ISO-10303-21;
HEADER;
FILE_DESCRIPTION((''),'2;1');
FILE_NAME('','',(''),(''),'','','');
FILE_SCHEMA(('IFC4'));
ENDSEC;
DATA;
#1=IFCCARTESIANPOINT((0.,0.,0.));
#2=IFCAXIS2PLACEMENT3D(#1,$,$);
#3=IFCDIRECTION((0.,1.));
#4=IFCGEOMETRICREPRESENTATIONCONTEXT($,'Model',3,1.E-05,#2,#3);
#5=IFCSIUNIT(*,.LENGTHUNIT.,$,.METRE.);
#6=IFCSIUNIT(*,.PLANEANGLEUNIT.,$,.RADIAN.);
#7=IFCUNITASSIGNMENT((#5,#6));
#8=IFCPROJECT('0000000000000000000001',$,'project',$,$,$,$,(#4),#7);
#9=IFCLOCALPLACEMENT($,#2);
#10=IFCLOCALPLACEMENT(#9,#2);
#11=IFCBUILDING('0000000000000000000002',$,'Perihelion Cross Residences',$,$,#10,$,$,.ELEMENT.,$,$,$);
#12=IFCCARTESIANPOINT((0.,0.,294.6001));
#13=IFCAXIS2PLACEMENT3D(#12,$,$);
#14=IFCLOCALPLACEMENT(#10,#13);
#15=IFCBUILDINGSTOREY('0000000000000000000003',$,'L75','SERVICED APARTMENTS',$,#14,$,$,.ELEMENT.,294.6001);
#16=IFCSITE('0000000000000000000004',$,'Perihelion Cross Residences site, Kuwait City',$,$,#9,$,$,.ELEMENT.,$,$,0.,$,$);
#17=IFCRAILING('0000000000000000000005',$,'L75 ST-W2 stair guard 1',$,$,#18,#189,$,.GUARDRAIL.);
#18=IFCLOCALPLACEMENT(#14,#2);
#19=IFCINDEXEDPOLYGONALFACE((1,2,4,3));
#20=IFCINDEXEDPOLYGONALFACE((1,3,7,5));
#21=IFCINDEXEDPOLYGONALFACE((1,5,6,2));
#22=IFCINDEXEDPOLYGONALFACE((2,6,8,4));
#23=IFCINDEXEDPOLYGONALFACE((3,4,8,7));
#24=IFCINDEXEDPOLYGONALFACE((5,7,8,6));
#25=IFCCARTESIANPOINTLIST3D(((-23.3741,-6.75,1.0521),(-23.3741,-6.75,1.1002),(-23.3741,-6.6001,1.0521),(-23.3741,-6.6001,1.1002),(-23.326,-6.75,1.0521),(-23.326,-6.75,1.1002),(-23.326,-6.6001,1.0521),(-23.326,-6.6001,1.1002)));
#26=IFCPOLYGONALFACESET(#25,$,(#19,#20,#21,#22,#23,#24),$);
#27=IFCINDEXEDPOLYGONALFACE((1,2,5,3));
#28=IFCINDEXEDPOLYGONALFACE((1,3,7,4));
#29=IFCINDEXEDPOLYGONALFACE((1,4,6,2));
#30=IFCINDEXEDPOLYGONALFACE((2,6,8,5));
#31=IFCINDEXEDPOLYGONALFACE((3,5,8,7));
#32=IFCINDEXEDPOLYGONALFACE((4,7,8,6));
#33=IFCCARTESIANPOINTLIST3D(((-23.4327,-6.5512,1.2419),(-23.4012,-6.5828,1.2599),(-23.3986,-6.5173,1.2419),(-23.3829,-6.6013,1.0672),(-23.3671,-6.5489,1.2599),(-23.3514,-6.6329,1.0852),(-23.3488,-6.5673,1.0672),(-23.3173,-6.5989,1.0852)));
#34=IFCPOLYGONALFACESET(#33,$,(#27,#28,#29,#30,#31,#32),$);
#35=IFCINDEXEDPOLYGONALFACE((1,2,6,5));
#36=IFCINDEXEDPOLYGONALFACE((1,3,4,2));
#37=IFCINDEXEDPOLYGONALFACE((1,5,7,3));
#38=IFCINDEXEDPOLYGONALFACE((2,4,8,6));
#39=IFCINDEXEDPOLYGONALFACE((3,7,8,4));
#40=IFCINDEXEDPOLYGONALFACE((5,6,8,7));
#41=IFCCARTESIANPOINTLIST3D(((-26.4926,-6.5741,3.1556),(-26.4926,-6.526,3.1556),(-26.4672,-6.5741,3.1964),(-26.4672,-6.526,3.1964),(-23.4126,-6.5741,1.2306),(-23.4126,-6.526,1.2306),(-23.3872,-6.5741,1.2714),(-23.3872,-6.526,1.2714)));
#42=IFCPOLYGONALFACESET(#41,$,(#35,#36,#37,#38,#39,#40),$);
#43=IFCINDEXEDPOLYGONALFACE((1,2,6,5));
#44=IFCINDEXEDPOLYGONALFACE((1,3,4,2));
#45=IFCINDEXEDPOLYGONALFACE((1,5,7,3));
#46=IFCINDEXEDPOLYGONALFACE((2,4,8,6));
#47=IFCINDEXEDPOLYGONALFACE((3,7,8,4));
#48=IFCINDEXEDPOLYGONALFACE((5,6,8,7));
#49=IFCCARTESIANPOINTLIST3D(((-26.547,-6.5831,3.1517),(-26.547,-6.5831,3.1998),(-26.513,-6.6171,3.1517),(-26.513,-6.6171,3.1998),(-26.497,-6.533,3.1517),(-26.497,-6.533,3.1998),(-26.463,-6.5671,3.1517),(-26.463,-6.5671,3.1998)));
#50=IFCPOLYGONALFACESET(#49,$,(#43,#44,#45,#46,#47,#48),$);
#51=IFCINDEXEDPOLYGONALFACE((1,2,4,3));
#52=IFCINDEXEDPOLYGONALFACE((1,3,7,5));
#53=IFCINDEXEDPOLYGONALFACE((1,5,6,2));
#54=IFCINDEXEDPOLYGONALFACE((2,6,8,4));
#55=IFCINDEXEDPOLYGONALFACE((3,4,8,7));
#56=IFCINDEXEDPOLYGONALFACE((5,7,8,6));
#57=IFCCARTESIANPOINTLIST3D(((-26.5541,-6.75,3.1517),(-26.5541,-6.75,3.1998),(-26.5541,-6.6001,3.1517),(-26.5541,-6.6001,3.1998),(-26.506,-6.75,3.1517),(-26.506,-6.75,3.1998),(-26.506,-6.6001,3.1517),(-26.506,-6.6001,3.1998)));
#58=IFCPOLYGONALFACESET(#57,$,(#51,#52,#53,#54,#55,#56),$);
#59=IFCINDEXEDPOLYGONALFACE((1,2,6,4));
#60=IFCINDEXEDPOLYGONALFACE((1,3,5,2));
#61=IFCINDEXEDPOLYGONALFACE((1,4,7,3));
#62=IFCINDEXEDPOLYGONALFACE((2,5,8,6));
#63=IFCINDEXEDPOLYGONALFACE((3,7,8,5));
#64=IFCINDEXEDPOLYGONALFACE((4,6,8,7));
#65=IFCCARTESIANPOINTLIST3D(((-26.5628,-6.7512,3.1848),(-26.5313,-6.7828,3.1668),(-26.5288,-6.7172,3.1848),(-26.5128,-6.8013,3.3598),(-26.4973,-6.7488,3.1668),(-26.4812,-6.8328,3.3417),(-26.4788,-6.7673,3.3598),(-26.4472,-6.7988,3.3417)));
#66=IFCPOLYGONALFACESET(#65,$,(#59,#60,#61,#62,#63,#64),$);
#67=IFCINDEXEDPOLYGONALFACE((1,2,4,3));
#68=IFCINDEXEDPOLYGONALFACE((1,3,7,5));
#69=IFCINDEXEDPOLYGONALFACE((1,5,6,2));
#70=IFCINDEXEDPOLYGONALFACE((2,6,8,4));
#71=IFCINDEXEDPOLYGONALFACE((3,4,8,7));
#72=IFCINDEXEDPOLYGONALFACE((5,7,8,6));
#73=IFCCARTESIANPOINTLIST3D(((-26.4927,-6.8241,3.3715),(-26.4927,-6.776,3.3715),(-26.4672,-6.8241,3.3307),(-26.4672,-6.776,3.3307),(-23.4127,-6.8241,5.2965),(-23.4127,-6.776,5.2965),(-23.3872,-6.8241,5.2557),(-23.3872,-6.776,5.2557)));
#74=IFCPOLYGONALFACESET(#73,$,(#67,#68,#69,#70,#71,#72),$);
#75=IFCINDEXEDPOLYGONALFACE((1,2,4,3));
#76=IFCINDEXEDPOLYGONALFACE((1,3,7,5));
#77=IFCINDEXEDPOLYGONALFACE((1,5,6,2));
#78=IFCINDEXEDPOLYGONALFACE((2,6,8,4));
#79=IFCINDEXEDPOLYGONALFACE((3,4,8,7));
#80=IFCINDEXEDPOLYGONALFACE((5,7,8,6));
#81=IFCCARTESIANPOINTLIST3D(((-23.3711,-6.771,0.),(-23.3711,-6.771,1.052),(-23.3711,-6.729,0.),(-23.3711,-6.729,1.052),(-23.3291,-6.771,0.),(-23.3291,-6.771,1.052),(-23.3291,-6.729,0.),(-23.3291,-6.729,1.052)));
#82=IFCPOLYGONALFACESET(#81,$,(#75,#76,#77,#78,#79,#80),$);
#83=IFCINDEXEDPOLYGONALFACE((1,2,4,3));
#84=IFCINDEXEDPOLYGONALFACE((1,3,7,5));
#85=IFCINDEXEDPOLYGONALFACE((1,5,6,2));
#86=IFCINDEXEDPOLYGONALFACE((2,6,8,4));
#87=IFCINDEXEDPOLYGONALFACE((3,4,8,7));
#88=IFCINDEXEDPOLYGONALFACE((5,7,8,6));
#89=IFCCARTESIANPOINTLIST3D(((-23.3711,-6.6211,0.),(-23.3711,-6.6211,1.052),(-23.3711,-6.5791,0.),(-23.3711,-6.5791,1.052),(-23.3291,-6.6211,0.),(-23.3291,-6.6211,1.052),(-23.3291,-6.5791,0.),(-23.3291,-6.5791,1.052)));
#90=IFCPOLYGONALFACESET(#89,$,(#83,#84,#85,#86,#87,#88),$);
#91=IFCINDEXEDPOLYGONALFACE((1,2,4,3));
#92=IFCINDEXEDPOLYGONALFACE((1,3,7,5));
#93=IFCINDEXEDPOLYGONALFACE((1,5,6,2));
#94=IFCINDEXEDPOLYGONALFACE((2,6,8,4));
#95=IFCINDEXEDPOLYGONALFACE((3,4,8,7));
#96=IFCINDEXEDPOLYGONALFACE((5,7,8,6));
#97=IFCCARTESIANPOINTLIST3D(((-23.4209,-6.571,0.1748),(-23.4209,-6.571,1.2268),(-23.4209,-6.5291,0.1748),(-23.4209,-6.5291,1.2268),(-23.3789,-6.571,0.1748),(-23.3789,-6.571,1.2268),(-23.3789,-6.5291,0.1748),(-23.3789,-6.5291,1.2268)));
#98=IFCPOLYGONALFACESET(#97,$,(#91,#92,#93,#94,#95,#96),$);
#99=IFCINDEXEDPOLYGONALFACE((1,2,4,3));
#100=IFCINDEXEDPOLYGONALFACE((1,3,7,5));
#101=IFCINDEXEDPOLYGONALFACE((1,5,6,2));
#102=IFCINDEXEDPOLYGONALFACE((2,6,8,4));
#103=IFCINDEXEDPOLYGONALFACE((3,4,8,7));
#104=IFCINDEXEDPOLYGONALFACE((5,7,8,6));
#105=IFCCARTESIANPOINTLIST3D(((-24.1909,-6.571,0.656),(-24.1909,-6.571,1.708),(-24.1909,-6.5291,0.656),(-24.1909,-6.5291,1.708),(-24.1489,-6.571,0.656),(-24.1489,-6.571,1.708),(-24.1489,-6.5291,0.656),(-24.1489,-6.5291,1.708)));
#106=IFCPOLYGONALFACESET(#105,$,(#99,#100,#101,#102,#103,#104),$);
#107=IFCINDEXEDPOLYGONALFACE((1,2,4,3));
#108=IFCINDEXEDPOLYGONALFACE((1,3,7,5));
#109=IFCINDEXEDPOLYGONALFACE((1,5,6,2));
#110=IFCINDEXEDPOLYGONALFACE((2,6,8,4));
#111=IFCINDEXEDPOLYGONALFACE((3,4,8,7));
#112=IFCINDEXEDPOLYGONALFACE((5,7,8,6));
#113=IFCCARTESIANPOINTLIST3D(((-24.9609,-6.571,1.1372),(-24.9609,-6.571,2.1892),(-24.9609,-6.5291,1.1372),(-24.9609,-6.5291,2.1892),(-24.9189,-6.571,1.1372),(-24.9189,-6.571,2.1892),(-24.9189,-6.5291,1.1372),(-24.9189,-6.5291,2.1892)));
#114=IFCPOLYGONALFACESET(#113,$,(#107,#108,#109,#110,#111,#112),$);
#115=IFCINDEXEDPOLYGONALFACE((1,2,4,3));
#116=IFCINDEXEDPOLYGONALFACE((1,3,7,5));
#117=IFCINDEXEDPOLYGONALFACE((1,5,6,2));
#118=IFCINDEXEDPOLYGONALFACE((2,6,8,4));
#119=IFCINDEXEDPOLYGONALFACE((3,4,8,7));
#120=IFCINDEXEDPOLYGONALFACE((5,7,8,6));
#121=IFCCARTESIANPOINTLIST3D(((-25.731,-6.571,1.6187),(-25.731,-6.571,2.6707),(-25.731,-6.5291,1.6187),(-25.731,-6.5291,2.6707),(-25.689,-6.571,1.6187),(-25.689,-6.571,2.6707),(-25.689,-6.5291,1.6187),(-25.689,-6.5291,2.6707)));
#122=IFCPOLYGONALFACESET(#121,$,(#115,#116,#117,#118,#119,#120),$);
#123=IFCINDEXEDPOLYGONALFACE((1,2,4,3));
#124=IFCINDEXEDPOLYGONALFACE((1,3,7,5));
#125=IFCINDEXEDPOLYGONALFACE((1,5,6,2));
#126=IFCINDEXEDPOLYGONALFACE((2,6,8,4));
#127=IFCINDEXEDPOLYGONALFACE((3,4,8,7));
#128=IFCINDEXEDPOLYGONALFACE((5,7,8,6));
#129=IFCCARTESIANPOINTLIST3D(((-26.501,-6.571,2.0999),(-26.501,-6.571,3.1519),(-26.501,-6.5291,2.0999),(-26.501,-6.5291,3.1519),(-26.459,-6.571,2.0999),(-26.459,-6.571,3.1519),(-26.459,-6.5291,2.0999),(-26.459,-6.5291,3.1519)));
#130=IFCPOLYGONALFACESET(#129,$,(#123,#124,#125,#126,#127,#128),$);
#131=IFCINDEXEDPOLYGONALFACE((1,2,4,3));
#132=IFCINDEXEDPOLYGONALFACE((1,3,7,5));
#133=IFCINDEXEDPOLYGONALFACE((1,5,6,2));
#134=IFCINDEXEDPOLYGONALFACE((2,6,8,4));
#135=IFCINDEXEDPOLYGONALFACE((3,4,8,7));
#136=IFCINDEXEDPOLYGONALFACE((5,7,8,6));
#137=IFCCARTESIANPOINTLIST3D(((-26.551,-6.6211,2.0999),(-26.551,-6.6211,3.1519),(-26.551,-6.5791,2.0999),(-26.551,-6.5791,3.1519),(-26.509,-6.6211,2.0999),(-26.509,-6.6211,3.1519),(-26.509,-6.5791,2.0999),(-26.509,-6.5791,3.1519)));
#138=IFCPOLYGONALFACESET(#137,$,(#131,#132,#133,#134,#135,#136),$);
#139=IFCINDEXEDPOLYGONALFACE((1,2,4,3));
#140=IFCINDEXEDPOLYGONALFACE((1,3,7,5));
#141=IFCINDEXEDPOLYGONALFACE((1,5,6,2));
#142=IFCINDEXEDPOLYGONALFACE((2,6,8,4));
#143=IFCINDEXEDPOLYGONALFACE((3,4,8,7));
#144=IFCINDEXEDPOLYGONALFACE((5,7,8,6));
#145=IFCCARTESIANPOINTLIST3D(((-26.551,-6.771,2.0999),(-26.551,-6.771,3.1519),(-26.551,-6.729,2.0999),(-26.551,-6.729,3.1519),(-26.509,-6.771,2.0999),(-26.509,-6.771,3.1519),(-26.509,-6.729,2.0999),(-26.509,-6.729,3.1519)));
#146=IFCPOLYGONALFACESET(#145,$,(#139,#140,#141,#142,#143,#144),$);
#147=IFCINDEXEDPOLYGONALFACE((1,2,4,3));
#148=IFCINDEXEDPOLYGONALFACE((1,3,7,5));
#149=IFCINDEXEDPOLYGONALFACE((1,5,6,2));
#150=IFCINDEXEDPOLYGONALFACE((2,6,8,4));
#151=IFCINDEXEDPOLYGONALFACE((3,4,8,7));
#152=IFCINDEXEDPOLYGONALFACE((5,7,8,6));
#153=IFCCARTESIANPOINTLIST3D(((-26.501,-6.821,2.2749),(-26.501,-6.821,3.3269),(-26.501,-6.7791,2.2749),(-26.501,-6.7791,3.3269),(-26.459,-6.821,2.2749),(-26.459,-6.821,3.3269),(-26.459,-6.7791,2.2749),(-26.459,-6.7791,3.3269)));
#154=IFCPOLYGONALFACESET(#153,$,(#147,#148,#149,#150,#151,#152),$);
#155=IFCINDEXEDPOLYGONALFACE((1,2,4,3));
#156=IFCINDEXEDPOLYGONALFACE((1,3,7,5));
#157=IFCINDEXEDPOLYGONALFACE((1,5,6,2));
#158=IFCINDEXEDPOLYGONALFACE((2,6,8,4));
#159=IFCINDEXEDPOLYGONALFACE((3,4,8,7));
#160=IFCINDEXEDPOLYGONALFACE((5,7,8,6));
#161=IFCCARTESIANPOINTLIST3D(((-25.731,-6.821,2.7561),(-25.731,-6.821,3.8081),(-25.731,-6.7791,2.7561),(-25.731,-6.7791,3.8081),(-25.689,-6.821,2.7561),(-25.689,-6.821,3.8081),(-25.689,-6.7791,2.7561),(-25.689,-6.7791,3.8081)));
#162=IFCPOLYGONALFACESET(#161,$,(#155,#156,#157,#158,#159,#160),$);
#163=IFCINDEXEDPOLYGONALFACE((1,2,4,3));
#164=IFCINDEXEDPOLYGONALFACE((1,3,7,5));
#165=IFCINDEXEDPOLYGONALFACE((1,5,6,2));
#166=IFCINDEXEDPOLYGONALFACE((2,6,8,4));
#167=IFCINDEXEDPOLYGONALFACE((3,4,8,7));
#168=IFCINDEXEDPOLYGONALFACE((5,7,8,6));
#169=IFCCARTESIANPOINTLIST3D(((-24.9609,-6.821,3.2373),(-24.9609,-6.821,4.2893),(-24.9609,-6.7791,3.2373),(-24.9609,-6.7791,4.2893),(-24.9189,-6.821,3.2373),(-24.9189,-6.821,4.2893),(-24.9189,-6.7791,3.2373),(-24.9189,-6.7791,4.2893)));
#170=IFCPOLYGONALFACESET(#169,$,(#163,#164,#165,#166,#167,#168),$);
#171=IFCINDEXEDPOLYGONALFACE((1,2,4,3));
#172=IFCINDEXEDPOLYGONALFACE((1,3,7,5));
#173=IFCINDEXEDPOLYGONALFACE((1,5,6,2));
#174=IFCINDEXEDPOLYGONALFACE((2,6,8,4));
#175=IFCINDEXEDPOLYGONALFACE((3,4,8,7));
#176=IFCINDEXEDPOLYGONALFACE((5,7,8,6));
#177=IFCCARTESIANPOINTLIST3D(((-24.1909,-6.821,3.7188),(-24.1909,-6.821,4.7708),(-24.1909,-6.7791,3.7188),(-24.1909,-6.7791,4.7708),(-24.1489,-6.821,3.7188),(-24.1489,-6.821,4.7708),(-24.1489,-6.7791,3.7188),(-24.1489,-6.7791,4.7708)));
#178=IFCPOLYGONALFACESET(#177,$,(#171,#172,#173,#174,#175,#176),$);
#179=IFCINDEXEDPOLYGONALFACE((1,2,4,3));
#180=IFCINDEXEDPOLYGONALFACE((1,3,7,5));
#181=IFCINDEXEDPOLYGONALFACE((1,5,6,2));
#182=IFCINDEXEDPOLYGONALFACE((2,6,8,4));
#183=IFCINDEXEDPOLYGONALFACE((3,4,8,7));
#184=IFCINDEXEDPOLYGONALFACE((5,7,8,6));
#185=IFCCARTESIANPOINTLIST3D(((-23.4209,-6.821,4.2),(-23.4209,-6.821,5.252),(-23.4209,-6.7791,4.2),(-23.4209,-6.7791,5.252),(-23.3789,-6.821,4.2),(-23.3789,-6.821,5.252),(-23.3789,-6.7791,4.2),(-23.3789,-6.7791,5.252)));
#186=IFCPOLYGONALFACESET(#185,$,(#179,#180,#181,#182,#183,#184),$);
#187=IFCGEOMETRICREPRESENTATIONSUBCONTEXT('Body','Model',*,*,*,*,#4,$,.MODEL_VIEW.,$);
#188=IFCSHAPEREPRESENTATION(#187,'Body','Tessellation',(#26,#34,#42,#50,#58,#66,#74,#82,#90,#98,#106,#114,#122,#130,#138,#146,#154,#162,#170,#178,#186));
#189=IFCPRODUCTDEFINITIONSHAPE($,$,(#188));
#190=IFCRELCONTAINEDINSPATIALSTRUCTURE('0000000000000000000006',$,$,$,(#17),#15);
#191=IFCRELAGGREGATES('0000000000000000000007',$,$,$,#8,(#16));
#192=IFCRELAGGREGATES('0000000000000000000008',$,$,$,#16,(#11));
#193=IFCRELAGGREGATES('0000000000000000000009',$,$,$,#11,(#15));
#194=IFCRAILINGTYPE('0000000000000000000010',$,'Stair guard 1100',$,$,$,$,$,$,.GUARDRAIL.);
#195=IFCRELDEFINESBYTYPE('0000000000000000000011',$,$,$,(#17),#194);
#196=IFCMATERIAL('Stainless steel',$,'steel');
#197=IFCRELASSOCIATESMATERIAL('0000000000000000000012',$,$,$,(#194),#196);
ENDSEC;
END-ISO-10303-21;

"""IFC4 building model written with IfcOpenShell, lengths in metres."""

from ifc_helpers import new_model, si_unit, direction, frame, origin, origin_2d, place, context, subcontext, project, spatial, rectangle, extrude, material, type_object, element, save


model = new_model("IFC4")

# Units and contexts
model_context = context("Model", 3, precision=1e-05, world=origin(), true_north=direction((0.0, 1.0)))
body_context = subcontext(model_context, "Body", "Model", "MODEL_VIEW")
ifc_project = project(units=[si_unit("LENGTHUNIT", "METRE"), si_unit("PLANEANGLEUNIT", "RADIAN")], contexts=[model_context])

# Site, building, storey
site_placement = place(None, origin())
site = spatial("IfcSite", under=ifc_project, at=site_placement, Name="Perihelion Cross Residences site, Kuwait City", CompositionType="ELEMENT", RefElevation=0.0)
building_placement = place(site_placement, origin())
building = spatial("IfcBuilding", under=site, at=building_placement, Name="Perihelion Cross Residences", CompositionType="ELEMENT")
storey_placement = place(building_placement, frame((0.0, 0.0, 294.6001)))
storey = spatial("IfcBuildingStorey", under=building, at=storey_placement, Name="L75", Description="SERVICED APARTMENTS", CompositionType="ELEMENT", Elevation=294.6001)

# Railing
ifc_material_1 = material(Name="Stainless steel", Category="steel")
railing_type_1 = type_object("IfcRailingType", Name="Stair guard 1100", PredefinedType="GUARDRAIL", material=ifc_material_1)
railing_1_placement = place(storey_placement, frame((-23.3501, -6.75, 0.0)))
element("IfcRailing", 1, at=railing_1_placement, inside=storey, type_object=railing_type_1, Name="L75 ST-W2 stair guard 1", PredefinedType="GUARDRAIL", context=body_context, shape_type="SweptSolid", body=[
    extrude(rectangle(XDim=0.0481, YDim=0.0481, at=origin_2d()), frame((0.0, 0.0, 1.0762), z_axis=(0.0, 1.0, 0.0), x_axis=(-1.0, 0.0, 0.0)), (0.0, 0.0, 1.0), 0.1499),
    extrude(rectangle(XDim=0.0481, YDim=0.0481, at=origin_2d()), frame((0.0, 0.1499, 1.0762), z_axis=(-0.264179, 0.265474, 0.927218), x_axis=(-0.708834, -0.705376, 0.0)), (0.0, 0.0, 1.0), 0.1885),
    extrude(rectangle(XDim=0.0481, YDim=0.0481, at=origin_2d()), frame((-0.0498, 0.2, 1.251), z_axis=(-0.847998, 0.0, 0.529999), x_axis=(0.0, -1.0, 0.0)), (0.0, 0.0, 1.0), 3.6321),
    extrude(rectangle(XDim=0.0481, YDim=0.0481, at=origin_2d()), frame((-3.1299, 0.2, 3.1758), z_axis=(-0.707107, -0.707107, 0.0), x_axis=(0.707107, -0.707107, 0.0)), (0.0, 0.0, 1.0), 0.0708),
    extrude(rectangle(XDim=0.0481, YDim=0.0481, at=origin_2d()), frame((-3.1799, 0.1499, 3.1758), z_axis=(0.0, -1.0, 0.0), x_axis=(1.0, 0.0, 0.0)), (0.0, 0.0, 1.0), 0.1499),
    extrude(rectangle(XDim=0.0481, YDim=0.0481, at=origin_2d()), frame((-3.1799, 0.0, 3.1758), z_axis=(0.265065, -0.265065, 0.927082), x_axis=(0.707107, 0.707107, 0.0)), (0.0, 0.0, 1.0), 0.1887),
    extrude(rectangle(XDim=0.0481, YDim=0.0481, at=origin_2d()), frame((-3.1299, -0.05, 3.3511), z_axis=(0.847998, 0.0, 0.529999), x_axis=(0.0, 1.0, 0.0)), (0.0, 0.0, 1.0), 3.6321),
    extrude(rectangle(XDim=0.042, YDim=0.042, at=origin_2d()), origin(), (0.0, 0.0, 1.0), 1.052),
    extrude(rectangle(XDim=0.042, YDim=0.042, at=origin_2d()), frame((0.0, 0.1499, 0.0)), (0.0, 0.0, 1.0), 1.052),
    extrude(rectangle(XDim=0.042, YDim=0.042, at=origin_2d()), frame((-0.0498, 0.2, 0.1748)), (0.0, 0.0, 1.0), 1.052),
    extrude(rectangle(XDim=0.042, YDim=0.042, at=origin_2d()), frame((-0.8198, 0.2, 0.656)), (0.0, 0.0, 1.0), 1.052),
    extrude(rectangle(XDim=0.042, YDim=0.042, at=origin_2d()), frame((-1.5898, 0.2, 1.1372)), (0.0, 0.0, 1.0), 1.052),
    extrude(rectangle(XDim=0.042, YDim=0.042, at=origin_2d()), frame((-2.3599, 0.2, 1.6187)), (0.0, 0.0, 1.0), 1.052),
    extrude(rectangle(XDim=0.042, YDim=0.042, at=origin_2d()), frame((-3.1299, 0.2, 2.0999)), (0.0, 0.0, 1.0), 1.052),
    extrude(rectangle(XDim=0.042, YDim=0.042, at=origin_2d()), frame((-3.1799, 0.1499, 2.0999)), (0.0, 0.0, 1.0), 1.052),
    extrude(rectangle(XDim=0.042, YDim=0.042, at=origin_2d()), frame((-3.1799, 0.0, 2.0999)), (0.0, 0.0, 1.0), 1.052),
    extrude(rectangle(XDim=0.042, YDim=0.042, at=origin_2d()), frame((-3.1299, -0.05, 2.2749)), (0.0, 0.0, 1.0), 1.052),
    extrude(rectangle(XDim=0.042, YDim=0.042, at=origin_2d()), frame((-2.3599, -0.05, 2.7561)), (0.0, 0.0, 1.0), 1.052),
    extrude(rectangle(XDim=0.042, YDim=0.042, at=origin_2d()), frame((-1.5898, -0.05, 3.2373)), (0.0, 0.0, 1.0), 1.052),
    extrude(rectangle(XDim=0.042, YDim=0.042, at=origin_2d()), frame((-0.8198, -0.05, 3.7188)), (0.0, 0.0, 1.0), 1.052),
    extrude(rectangle(XDim=0.042, YDim=0.042, at=origin_2d()), frame((-0.0498, -0.05, 4.2)), (0.0, 0.0, 1.0), 1.052),
])

save(model, "model.ifc")
